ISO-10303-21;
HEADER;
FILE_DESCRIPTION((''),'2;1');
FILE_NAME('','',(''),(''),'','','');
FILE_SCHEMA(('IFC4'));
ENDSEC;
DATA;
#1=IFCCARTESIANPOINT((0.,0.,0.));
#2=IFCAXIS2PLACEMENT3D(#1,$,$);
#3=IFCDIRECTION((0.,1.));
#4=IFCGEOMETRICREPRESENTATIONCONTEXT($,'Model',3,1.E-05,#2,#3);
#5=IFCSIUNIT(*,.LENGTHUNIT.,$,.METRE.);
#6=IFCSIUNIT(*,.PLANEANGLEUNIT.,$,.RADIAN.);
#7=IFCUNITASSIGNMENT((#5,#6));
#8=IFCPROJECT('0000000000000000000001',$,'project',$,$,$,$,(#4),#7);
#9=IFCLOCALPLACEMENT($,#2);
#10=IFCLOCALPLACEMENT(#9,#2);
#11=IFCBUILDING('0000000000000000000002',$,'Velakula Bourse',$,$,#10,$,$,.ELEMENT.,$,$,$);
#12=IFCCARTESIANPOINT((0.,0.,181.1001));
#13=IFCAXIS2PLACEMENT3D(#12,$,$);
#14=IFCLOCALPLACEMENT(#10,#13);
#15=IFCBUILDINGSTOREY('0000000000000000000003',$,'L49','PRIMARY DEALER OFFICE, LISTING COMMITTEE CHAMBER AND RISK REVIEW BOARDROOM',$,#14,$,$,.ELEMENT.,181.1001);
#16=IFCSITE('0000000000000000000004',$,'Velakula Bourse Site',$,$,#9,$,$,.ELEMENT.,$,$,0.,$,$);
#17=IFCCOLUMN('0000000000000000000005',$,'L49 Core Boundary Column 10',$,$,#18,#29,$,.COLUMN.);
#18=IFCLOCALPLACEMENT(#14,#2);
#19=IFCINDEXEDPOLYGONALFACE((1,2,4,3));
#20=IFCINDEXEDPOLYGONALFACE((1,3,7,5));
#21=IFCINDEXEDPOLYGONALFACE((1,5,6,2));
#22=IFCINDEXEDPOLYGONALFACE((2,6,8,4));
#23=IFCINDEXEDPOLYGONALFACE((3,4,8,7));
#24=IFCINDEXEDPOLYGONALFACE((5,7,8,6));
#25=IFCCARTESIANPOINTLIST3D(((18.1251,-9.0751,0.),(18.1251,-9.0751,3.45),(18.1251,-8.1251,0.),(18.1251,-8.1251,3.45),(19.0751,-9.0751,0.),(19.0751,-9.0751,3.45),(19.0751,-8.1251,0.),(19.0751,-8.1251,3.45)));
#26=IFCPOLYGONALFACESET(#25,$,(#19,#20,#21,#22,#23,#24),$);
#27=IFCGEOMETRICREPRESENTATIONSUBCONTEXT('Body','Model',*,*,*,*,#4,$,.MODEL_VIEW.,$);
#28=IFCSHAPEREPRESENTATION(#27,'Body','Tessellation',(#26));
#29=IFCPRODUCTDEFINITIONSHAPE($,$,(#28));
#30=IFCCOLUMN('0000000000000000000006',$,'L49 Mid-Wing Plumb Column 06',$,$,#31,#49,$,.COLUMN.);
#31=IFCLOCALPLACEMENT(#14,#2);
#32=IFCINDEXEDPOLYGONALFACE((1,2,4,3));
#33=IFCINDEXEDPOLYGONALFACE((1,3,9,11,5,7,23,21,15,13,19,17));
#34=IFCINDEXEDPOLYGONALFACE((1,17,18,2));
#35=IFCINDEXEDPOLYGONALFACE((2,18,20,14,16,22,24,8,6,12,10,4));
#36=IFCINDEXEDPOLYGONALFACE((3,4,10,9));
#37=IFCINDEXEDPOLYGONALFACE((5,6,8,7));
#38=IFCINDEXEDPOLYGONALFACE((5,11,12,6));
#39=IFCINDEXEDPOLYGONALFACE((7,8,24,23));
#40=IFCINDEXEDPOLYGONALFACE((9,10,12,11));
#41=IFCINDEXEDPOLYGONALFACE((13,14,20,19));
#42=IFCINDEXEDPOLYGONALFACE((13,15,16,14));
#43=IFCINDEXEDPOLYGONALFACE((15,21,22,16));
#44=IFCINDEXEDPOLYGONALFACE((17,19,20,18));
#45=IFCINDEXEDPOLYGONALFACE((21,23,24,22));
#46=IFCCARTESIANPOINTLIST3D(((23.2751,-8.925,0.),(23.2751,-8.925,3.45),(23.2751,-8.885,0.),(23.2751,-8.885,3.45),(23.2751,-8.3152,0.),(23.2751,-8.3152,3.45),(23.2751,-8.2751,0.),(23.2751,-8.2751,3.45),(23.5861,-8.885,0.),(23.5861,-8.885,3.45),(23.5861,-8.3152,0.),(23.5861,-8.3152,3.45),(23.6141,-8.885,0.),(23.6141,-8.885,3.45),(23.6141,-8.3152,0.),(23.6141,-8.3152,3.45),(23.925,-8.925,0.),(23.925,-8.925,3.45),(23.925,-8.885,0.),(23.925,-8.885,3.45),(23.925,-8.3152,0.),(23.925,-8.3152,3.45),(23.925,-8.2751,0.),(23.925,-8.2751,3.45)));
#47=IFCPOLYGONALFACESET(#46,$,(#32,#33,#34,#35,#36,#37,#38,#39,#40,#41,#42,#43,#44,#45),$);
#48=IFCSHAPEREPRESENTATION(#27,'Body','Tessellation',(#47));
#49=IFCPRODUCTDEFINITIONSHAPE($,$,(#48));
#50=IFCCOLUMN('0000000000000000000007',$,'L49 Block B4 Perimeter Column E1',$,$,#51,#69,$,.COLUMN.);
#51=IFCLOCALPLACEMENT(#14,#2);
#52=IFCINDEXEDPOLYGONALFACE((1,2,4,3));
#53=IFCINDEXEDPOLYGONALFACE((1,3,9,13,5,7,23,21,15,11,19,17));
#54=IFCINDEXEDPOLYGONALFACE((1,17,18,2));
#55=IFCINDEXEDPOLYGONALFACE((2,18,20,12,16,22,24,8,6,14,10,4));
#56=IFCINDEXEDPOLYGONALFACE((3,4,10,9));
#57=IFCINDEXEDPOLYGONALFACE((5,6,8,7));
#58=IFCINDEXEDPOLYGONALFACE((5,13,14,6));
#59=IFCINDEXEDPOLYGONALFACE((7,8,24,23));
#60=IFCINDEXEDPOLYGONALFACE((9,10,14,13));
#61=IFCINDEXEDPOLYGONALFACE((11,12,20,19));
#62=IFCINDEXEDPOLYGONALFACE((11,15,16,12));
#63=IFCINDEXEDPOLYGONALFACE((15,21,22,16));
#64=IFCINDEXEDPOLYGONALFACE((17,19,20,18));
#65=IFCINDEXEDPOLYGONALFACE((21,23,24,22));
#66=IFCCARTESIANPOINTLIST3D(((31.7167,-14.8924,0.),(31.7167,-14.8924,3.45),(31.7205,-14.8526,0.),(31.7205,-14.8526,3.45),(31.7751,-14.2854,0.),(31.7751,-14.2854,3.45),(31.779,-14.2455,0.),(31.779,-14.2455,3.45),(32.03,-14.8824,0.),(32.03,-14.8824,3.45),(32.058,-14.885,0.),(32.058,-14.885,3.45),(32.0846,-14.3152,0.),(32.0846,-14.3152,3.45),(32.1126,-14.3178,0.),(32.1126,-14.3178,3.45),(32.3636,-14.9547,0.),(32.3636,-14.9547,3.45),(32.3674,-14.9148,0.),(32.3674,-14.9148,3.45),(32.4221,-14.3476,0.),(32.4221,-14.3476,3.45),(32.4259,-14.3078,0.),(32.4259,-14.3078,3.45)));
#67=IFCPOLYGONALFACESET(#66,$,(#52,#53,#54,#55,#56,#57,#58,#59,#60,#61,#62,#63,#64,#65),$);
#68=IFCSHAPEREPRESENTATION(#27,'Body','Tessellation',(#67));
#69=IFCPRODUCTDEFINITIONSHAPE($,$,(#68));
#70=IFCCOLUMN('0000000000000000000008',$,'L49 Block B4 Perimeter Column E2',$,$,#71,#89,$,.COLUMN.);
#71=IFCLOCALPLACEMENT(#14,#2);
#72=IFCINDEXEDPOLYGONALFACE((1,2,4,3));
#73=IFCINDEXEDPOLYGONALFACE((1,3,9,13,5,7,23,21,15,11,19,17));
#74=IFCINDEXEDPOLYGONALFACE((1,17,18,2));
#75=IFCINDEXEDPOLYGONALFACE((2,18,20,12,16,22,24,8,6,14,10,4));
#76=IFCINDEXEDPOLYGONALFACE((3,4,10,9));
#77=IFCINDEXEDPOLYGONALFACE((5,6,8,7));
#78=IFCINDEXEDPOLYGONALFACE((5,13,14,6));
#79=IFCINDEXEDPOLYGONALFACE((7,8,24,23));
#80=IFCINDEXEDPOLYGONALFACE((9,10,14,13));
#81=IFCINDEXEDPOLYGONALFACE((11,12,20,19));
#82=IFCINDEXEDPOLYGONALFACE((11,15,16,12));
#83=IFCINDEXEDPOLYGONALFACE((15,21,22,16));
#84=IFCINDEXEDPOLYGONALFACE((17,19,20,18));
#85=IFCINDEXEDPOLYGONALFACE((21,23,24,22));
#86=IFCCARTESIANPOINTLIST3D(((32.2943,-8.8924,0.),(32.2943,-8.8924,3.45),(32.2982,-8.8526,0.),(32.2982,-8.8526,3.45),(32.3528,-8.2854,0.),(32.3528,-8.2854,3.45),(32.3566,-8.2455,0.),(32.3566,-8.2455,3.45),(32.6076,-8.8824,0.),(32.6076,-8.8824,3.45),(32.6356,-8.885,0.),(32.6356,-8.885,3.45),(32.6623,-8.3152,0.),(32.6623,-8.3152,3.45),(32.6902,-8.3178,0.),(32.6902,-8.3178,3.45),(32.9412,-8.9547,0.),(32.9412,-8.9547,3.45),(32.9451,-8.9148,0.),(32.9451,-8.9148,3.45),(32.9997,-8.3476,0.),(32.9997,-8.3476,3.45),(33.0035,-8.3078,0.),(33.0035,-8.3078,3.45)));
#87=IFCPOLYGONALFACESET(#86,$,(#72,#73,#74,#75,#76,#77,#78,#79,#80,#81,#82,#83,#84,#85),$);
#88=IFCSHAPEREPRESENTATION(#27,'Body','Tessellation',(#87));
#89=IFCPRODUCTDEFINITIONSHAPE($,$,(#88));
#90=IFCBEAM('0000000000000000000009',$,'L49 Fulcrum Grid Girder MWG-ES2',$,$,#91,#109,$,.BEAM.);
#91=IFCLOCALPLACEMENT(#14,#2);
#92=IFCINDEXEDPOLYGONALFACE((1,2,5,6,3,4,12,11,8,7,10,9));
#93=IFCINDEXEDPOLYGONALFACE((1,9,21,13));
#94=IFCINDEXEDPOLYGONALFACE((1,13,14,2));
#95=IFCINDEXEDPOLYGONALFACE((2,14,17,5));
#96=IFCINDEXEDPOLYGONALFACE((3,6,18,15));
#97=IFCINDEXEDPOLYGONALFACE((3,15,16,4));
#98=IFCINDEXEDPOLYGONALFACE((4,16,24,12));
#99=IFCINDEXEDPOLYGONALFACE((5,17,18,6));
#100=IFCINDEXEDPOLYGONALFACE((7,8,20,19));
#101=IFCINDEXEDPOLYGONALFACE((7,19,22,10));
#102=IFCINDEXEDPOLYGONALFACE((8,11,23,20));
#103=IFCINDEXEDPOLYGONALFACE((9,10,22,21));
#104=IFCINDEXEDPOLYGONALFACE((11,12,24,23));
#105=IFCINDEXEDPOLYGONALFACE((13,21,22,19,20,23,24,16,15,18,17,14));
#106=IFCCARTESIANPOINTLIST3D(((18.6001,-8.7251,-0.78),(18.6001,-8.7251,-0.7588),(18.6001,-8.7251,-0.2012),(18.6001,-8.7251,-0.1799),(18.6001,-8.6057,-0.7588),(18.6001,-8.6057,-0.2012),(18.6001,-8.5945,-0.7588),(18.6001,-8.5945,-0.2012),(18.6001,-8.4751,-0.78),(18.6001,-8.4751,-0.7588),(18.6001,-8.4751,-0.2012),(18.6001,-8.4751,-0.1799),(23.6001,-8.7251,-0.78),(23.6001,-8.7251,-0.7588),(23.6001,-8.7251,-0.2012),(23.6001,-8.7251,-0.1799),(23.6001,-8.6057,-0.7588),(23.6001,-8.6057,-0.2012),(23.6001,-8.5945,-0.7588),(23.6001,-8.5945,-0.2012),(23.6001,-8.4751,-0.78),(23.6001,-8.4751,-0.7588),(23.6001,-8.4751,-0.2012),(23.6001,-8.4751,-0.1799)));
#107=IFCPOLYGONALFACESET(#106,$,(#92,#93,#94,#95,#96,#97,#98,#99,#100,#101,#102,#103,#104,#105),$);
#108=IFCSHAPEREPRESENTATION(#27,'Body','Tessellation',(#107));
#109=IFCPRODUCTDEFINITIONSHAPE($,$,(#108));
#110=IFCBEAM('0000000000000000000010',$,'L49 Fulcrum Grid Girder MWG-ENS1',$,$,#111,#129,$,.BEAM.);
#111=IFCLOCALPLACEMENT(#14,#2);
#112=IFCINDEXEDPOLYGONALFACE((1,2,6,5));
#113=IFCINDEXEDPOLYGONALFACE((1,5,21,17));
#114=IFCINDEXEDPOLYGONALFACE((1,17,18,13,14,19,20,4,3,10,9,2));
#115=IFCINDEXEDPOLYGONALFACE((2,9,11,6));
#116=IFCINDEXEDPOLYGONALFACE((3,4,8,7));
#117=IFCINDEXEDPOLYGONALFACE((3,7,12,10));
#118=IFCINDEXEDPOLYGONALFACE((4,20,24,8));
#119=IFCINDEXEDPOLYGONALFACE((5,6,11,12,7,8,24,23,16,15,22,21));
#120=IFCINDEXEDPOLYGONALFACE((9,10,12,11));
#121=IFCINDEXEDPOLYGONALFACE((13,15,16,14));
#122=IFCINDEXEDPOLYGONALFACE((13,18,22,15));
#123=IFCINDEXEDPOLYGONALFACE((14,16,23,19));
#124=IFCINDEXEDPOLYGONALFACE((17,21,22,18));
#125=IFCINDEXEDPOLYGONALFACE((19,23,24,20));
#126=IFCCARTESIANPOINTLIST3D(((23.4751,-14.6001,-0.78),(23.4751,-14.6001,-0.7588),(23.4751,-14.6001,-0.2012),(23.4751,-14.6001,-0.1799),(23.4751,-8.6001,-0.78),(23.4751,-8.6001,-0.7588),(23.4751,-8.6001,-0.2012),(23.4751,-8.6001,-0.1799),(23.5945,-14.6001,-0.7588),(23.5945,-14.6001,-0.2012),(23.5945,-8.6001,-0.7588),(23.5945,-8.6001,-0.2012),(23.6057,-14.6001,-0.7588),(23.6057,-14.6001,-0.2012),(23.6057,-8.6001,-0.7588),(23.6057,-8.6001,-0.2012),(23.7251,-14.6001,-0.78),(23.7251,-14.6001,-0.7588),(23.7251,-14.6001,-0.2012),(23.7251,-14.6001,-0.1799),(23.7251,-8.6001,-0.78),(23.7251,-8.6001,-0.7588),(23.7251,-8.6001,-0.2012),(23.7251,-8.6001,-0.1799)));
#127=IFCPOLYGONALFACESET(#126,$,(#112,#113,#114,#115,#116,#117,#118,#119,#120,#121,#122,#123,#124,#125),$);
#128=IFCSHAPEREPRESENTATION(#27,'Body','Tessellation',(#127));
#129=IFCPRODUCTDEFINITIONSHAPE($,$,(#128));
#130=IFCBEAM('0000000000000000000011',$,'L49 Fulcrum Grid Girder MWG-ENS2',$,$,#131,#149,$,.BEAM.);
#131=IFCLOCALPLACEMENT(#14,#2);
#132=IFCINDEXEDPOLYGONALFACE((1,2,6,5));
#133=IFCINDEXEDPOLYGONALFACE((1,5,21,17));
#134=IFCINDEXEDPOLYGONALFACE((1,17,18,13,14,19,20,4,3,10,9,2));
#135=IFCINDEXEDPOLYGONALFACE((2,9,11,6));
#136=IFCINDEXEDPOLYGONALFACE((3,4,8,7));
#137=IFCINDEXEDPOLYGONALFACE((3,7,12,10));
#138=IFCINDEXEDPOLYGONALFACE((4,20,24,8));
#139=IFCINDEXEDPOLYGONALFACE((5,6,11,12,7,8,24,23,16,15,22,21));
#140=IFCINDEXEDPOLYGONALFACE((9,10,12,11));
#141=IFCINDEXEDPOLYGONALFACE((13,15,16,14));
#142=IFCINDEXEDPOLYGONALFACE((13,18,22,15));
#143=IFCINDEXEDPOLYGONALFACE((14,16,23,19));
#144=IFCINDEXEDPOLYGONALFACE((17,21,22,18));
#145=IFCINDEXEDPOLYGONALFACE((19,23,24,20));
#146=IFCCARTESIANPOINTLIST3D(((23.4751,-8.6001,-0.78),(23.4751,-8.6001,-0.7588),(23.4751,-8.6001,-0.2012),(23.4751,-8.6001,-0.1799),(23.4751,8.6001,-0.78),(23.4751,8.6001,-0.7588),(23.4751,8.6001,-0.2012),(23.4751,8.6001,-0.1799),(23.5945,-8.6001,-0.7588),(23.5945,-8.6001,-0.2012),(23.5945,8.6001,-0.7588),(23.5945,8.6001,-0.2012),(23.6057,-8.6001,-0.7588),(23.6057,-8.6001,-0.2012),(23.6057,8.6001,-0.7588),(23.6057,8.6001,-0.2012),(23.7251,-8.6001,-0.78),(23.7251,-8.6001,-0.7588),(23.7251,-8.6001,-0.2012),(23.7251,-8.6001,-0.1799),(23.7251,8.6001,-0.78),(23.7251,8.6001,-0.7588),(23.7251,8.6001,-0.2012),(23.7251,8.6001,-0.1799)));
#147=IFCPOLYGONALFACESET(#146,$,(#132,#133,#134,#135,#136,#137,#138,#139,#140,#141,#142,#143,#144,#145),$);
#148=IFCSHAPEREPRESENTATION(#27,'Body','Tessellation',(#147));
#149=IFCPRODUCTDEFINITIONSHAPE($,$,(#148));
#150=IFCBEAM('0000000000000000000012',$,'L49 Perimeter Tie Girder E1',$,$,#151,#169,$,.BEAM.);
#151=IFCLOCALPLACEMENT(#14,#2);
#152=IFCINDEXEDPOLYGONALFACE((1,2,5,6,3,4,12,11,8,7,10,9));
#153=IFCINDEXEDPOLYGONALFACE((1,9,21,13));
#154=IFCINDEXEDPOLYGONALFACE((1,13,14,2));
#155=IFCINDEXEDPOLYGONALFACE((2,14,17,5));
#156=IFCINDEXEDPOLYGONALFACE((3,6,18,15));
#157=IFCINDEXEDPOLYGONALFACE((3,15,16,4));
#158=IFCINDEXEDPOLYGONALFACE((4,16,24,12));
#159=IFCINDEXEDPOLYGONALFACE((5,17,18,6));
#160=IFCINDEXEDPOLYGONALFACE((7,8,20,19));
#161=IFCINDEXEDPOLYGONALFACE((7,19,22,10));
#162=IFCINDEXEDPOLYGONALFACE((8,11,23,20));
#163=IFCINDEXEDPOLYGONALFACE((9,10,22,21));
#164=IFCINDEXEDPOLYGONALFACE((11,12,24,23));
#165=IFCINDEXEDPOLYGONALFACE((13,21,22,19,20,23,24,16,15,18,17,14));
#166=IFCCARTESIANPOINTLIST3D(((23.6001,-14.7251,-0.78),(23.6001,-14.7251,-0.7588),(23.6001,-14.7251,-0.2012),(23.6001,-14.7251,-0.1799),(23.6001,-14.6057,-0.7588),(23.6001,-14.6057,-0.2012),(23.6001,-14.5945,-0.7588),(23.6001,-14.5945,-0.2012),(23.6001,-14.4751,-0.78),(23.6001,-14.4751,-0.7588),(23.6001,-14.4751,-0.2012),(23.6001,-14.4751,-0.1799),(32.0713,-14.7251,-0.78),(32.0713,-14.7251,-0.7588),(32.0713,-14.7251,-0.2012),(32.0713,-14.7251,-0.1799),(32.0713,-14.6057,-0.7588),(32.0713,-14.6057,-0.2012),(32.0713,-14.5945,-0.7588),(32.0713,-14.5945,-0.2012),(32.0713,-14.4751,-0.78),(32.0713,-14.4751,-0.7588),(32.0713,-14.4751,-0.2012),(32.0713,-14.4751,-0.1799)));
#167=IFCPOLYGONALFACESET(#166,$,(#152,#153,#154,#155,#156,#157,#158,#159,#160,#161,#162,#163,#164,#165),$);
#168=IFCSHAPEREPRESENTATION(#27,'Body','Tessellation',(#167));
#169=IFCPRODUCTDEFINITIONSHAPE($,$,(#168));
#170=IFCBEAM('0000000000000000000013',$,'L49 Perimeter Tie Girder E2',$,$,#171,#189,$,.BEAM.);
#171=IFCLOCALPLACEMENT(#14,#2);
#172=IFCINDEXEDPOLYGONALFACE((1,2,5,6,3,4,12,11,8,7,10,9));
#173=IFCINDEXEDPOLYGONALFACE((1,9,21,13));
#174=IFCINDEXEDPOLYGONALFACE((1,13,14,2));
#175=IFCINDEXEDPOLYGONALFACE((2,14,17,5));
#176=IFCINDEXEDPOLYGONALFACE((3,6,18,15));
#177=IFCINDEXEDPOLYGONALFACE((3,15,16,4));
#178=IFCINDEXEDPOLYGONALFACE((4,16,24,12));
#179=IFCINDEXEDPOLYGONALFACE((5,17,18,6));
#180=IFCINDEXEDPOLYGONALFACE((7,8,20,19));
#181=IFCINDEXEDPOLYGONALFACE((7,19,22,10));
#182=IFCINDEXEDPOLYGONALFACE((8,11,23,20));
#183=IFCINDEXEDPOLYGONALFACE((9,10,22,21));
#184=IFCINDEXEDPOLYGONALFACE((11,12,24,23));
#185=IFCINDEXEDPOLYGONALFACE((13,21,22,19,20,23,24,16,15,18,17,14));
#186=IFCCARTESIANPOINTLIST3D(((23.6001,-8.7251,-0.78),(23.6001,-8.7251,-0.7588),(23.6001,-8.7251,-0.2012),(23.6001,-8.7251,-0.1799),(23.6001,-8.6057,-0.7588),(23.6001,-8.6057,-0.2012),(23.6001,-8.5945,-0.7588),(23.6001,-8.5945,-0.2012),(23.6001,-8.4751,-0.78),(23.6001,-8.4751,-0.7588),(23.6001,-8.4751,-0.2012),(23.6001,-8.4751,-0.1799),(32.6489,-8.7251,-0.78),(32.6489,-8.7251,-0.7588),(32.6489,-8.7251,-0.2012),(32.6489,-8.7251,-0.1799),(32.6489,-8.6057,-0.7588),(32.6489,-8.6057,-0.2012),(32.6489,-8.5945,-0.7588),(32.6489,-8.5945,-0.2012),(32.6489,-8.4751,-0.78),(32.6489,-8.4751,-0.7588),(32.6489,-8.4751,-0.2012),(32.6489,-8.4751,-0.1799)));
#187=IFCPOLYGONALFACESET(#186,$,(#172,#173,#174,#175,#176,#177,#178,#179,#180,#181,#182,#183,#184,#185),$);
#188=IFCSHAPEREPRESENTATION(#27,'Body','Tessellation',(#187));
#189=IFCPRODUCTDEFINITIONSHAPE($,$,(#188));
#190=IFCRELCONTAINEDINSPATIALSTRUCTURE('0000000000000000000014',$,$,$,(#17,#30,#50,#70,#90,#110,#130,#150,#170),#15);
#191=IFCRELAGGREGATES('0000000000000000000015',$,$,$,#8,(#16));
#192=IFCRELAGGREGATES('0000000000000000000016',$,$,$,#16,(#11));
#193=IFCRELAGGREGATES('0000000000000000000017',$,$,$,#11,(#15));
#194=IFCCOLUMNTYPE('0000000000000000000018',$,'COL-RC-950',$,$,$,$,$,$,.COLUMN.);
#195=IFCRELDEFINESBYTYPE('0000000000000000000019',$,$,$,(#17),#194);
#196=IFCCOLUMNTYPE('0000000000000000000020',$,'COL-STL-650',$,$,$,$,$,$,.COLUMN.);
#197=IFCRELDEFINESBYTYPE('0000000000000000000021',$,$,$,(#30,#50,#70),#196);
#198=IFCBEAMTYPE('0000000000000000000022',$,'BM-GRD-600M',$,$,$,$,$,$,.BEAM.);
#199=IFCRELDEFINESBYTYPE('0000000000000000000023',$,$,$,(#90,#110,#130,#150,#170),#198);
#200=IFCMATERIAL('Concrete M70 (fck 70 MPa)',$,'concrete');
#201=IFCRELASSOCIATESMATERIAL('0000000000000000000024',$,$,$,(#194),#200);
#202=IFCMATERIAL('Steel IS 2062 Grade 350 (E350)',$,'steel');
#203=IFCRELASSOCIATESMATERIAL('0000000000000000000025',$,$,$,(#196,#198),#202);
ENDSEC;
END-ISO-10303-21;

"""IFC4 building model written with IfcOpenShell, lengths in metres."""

from ifc_helpers import new_model, si_unit, direction, frame, origin, origin_2d, place, context, subcontext, project, spatial, rectangle, i_section, extrude, material, material_profile, profile_set, type_object, element, save


model = new_model("IFC4")

# Units and contexts
model_context = context("Model", 3, precision=1e-05, world=origin(), true_north=direction((0.0, 1.0)))
body_context = subcontext(model_context, "Body", "Model", "MODEL_VIEW")
ifc_project = project(units=[si_unit("LENGTHUNIT", "METRE"), si_unit("PLANEANGLEUNIT", "RADIAN")], contexts=[model_context])

# Site, building, storey
site_placement = place(None, origin())
site = spatial("IfcSite", under=ifc_project, at=site_placement, Name="Velakula Bourse Site", CompositionType="ELEMENT", RefElevation=0.0)
building_placement = place(site_placement, origin())
building = spatial("IfcBuilding", under=site, at=building_placement, Name="Velakula Bourse", CompositionType="ELEMENT")
storey_placement = place(building_placement, frame((0.0, 0.0, 181.1001)))
storey = spatial("IfcBuildingStorey", under=building, at=storey_placement, Name="L49", Description="PRIMARY DEALER OFFICE, LISTING COMMITTEE CHAMBER AND RISK REVIEW BOARDROOM", CompositionType="ELEMENT", Elevation=181.1001)

# Columns
ifc_material_1 = material(Name="Concrete M70 (fck 70 MPa)", Category="concrete")
ifc_material_profile_1 = material_profile(ifc_material_1, rectangle(XDim=0.95, YDim=0.95, at=origin_2d()), Name="Concrete M70 (fck 70 MPa)")
ifc_profile_set_1 = profile_set([ifc_material_profile_1], Name="Concrete M70 (fck 70 MPa)")
column_type_1 = type_object("IfcColumnType", Name="COL-RC-950", PredefinedType="COLUMN", material=ifc_profile_set_1)
column_placement = place(storey_placement, frame((18.6001, -8.6001, 0.0), z_axis=(0.0, 0.0, 1.0), x_axis=(1.0, 0.0, 0.0)))
element("IfcColumn", 1, at=column_placement, inside=storey, type_object=column_type_1, Name="L49 Core Boundary Column 10", PredefinedType="COLUMN", context=body_context, shape_type="SweptSolid", body=[
    extrude(rectangle(XDim=0.95, YDim=0.95, at=origin_2d()), origin(), (0.0, 0.0, 1.0), 3.45),
])
ifc_material_2 = material(Name="Steel IS 2062 Grade 350 (E350)", Category="steel")
ifc_material_profile_2 = material_profile(ifc_material_2, i_section(OverallWidth=0.6499, OverallDepth=0.6499, WebThickness=0.0281, FlangeThickness=0.04, at=origin_2d()), Name="Steel IS 2062 Grade 350 (E350)")
ifc_profile_set_2 = profile_set([ifc_material_profile_2], Name="Steel IS 2062 Grade 350 (E350)")
column_type_2 = type_object("IfcColumnType", Name="COL-STL-650", PredefinedType="COLUMN", material=ifc_profile_set_2)
for number, where, z_axis, x_axis, name in (
    (2, (23.6001, -8.6001, 0.0), (0.0, 0.0, 1.0), (1.0, 0.0, 0.0), "L49 Mid-Wing Plumb Column 06"),
    (3, (32.0713, -14.6001, 0.0), (0.0, 0.0, 1.0), (0.995396, -0.095846, 0.0), "L49 Block B4 Perimeter Column E1"),
    (4, (32.6489, -8.6001, 0.0), (0.0, 0.0, 1.0), (0.995396, -0.095846, 0.0), "L49 Block B4 Perimeter Column E2"),
):
    element("IfcColumn", number, at=place(storey_placement, frame(where, z_axis=z_axis, x_axis=x_axis)), inside=storey, type_object=column_type_2, Name=name, PredefinedType="COLUMN", context=body_context, shape_type="SweptSolid", body=[
        extrude(i_section(OverallWidth=0.6499, OverallDepth=0.6499, WebThickness=0.0281, FlangeThickness=0.04, at=origin_2d()), origin(), (0.0, 0.0, 1.0), 3.45),
    ])

# Beams
ifc_material_profile_3 = material_profile(ifc_material_2, i_section(OverallWidth=0.25, OverallDepth=0.6001, WebThickness=0.0112, FlangeThickness=0.0212, at=origin_2d()), Name="Steel IS 2062 Grade 350 (E350)")
ifc_profile_set_3 = profile_set([ifc_material_profile_3], Name="Steel IS 2062 Grade 350 (E350)")
beam_type_1 = type_object("IfcBeamType", Name="BM-GRD-600M", PredefinedType="BEAM", material=ifc_profile_set_3)
beam_1_placement = place(storey_placement, frame((18.6001, -8.6001, -0.48), z_axis=(1.0, 0.0, 0.0), x_axis=(0.0, 1.0, 0.0)))
element("IfcBeam", 5, at=beam_1_placement, inside=storey, type_object=beam_type_1, Name="L49 Fulcrum Grid Girder MWG-ES2", PredefinedType="BEAM", context=body_context, shape_type="SweptSolid", body=[
    extrude(i_section(OverallWidth=0.25, OverallDepth=0.6001, WebThickness=0.0112, FlangeThickness=0.0212, at=origin_2d()), origin(), (0.0, 0.0, 1.0), 5.0),
])
beam_2_placement = place(storey_placement, frame((23.6001, -14.6001, -0.48), z_axis=(0.0, 1.0, 0.0), x_axis=(-1.0, 0.0, 0.0)))
element("IfcBeam", 6, at=beam_2_placement, inside=storey, type_object=beam_type_1, Name="L49 Fulcrum Grid Girder MWG-ENS1", PredefinedType="BEAM", context=body_context, shape_type="SweptSolid", body=[
    extrude(i_section(OverallWidth=0.25, OverallDepth=0.6001, WebThickness=0.0112, FlangeThickness=0.0212, at=origin_2d()), origin(), (0.0, 0.0, 1.0), 6.0),
])
beam_3_placement = place(storey_placement, frame((23.6001, -8.6001, -0.48), z_axis=(0.0, 1.0, 0.0), x_axis=(-1.0, 0.0, 0.0)))
element("IfcBeam", 7, at=beam_3_placement, inside=storey, type_object=beam_type_1, Name="L49 Fulcrum Grid Girder MWG-ENS2", PredefinedType="BEAM", context=body_context, shape_type="SweptSolid", body=[
    extrude(i_section(OverallWidth=0.25, OverallDepth=0.6001, WebThickness=0.0112, FlangeThickness=0.0212, at=origin_2d()), origin(), (0.0, 0.0, 1.0), 17.2002),
])
beam_4_placement = place(storey_placement, frame((23.6001, -14.6001, -0.48), z_axis=(1.0, 0.0, 0.0), x_axis=(0.0, 1.0, 0.0)))
element("IfcBeam", 8, at=beam_4_placement, inside=storey, type_object=beam_type_1, Name="L49 Perimeter Tie Girder E1", PredefinedType="BEAM", context=body_context, shape_type="SweptSolid", body=[
    extrude(i_section(OverallWidth=0.25, OverallDepth=0.6001, WebThickness=0.0112, FlangeThickness=0.0212, at=origin_2d()), origin(), (0.0, 0.0, 1.0), 8.4712),
])
beam_5_placement = place(storey_placement, frame((23.6001, -8.6001, -0.48), z_axis=(1.0, 0.0, 0.0), x_axis=(0.0, 1.0, 0.0)))
element("IfcBeam", 9, at=beam_5_placement, inside=storey, type_object=beam_type_1, Name="L49 Perimeter Tie Girder E2", PredefinedType="BEAM", context=body_context, shape_type="SweptSolid", body=[
    extrude(i_section(OverallWidth=0.25, OverallDepth=0.6001, WebThickness=0.0112, FlangeThickness=0.0212, at=origin_2d()), origin(), (0.0, 0.0, 1.0), 9.0488),
])

save(model, "model.ifc")
